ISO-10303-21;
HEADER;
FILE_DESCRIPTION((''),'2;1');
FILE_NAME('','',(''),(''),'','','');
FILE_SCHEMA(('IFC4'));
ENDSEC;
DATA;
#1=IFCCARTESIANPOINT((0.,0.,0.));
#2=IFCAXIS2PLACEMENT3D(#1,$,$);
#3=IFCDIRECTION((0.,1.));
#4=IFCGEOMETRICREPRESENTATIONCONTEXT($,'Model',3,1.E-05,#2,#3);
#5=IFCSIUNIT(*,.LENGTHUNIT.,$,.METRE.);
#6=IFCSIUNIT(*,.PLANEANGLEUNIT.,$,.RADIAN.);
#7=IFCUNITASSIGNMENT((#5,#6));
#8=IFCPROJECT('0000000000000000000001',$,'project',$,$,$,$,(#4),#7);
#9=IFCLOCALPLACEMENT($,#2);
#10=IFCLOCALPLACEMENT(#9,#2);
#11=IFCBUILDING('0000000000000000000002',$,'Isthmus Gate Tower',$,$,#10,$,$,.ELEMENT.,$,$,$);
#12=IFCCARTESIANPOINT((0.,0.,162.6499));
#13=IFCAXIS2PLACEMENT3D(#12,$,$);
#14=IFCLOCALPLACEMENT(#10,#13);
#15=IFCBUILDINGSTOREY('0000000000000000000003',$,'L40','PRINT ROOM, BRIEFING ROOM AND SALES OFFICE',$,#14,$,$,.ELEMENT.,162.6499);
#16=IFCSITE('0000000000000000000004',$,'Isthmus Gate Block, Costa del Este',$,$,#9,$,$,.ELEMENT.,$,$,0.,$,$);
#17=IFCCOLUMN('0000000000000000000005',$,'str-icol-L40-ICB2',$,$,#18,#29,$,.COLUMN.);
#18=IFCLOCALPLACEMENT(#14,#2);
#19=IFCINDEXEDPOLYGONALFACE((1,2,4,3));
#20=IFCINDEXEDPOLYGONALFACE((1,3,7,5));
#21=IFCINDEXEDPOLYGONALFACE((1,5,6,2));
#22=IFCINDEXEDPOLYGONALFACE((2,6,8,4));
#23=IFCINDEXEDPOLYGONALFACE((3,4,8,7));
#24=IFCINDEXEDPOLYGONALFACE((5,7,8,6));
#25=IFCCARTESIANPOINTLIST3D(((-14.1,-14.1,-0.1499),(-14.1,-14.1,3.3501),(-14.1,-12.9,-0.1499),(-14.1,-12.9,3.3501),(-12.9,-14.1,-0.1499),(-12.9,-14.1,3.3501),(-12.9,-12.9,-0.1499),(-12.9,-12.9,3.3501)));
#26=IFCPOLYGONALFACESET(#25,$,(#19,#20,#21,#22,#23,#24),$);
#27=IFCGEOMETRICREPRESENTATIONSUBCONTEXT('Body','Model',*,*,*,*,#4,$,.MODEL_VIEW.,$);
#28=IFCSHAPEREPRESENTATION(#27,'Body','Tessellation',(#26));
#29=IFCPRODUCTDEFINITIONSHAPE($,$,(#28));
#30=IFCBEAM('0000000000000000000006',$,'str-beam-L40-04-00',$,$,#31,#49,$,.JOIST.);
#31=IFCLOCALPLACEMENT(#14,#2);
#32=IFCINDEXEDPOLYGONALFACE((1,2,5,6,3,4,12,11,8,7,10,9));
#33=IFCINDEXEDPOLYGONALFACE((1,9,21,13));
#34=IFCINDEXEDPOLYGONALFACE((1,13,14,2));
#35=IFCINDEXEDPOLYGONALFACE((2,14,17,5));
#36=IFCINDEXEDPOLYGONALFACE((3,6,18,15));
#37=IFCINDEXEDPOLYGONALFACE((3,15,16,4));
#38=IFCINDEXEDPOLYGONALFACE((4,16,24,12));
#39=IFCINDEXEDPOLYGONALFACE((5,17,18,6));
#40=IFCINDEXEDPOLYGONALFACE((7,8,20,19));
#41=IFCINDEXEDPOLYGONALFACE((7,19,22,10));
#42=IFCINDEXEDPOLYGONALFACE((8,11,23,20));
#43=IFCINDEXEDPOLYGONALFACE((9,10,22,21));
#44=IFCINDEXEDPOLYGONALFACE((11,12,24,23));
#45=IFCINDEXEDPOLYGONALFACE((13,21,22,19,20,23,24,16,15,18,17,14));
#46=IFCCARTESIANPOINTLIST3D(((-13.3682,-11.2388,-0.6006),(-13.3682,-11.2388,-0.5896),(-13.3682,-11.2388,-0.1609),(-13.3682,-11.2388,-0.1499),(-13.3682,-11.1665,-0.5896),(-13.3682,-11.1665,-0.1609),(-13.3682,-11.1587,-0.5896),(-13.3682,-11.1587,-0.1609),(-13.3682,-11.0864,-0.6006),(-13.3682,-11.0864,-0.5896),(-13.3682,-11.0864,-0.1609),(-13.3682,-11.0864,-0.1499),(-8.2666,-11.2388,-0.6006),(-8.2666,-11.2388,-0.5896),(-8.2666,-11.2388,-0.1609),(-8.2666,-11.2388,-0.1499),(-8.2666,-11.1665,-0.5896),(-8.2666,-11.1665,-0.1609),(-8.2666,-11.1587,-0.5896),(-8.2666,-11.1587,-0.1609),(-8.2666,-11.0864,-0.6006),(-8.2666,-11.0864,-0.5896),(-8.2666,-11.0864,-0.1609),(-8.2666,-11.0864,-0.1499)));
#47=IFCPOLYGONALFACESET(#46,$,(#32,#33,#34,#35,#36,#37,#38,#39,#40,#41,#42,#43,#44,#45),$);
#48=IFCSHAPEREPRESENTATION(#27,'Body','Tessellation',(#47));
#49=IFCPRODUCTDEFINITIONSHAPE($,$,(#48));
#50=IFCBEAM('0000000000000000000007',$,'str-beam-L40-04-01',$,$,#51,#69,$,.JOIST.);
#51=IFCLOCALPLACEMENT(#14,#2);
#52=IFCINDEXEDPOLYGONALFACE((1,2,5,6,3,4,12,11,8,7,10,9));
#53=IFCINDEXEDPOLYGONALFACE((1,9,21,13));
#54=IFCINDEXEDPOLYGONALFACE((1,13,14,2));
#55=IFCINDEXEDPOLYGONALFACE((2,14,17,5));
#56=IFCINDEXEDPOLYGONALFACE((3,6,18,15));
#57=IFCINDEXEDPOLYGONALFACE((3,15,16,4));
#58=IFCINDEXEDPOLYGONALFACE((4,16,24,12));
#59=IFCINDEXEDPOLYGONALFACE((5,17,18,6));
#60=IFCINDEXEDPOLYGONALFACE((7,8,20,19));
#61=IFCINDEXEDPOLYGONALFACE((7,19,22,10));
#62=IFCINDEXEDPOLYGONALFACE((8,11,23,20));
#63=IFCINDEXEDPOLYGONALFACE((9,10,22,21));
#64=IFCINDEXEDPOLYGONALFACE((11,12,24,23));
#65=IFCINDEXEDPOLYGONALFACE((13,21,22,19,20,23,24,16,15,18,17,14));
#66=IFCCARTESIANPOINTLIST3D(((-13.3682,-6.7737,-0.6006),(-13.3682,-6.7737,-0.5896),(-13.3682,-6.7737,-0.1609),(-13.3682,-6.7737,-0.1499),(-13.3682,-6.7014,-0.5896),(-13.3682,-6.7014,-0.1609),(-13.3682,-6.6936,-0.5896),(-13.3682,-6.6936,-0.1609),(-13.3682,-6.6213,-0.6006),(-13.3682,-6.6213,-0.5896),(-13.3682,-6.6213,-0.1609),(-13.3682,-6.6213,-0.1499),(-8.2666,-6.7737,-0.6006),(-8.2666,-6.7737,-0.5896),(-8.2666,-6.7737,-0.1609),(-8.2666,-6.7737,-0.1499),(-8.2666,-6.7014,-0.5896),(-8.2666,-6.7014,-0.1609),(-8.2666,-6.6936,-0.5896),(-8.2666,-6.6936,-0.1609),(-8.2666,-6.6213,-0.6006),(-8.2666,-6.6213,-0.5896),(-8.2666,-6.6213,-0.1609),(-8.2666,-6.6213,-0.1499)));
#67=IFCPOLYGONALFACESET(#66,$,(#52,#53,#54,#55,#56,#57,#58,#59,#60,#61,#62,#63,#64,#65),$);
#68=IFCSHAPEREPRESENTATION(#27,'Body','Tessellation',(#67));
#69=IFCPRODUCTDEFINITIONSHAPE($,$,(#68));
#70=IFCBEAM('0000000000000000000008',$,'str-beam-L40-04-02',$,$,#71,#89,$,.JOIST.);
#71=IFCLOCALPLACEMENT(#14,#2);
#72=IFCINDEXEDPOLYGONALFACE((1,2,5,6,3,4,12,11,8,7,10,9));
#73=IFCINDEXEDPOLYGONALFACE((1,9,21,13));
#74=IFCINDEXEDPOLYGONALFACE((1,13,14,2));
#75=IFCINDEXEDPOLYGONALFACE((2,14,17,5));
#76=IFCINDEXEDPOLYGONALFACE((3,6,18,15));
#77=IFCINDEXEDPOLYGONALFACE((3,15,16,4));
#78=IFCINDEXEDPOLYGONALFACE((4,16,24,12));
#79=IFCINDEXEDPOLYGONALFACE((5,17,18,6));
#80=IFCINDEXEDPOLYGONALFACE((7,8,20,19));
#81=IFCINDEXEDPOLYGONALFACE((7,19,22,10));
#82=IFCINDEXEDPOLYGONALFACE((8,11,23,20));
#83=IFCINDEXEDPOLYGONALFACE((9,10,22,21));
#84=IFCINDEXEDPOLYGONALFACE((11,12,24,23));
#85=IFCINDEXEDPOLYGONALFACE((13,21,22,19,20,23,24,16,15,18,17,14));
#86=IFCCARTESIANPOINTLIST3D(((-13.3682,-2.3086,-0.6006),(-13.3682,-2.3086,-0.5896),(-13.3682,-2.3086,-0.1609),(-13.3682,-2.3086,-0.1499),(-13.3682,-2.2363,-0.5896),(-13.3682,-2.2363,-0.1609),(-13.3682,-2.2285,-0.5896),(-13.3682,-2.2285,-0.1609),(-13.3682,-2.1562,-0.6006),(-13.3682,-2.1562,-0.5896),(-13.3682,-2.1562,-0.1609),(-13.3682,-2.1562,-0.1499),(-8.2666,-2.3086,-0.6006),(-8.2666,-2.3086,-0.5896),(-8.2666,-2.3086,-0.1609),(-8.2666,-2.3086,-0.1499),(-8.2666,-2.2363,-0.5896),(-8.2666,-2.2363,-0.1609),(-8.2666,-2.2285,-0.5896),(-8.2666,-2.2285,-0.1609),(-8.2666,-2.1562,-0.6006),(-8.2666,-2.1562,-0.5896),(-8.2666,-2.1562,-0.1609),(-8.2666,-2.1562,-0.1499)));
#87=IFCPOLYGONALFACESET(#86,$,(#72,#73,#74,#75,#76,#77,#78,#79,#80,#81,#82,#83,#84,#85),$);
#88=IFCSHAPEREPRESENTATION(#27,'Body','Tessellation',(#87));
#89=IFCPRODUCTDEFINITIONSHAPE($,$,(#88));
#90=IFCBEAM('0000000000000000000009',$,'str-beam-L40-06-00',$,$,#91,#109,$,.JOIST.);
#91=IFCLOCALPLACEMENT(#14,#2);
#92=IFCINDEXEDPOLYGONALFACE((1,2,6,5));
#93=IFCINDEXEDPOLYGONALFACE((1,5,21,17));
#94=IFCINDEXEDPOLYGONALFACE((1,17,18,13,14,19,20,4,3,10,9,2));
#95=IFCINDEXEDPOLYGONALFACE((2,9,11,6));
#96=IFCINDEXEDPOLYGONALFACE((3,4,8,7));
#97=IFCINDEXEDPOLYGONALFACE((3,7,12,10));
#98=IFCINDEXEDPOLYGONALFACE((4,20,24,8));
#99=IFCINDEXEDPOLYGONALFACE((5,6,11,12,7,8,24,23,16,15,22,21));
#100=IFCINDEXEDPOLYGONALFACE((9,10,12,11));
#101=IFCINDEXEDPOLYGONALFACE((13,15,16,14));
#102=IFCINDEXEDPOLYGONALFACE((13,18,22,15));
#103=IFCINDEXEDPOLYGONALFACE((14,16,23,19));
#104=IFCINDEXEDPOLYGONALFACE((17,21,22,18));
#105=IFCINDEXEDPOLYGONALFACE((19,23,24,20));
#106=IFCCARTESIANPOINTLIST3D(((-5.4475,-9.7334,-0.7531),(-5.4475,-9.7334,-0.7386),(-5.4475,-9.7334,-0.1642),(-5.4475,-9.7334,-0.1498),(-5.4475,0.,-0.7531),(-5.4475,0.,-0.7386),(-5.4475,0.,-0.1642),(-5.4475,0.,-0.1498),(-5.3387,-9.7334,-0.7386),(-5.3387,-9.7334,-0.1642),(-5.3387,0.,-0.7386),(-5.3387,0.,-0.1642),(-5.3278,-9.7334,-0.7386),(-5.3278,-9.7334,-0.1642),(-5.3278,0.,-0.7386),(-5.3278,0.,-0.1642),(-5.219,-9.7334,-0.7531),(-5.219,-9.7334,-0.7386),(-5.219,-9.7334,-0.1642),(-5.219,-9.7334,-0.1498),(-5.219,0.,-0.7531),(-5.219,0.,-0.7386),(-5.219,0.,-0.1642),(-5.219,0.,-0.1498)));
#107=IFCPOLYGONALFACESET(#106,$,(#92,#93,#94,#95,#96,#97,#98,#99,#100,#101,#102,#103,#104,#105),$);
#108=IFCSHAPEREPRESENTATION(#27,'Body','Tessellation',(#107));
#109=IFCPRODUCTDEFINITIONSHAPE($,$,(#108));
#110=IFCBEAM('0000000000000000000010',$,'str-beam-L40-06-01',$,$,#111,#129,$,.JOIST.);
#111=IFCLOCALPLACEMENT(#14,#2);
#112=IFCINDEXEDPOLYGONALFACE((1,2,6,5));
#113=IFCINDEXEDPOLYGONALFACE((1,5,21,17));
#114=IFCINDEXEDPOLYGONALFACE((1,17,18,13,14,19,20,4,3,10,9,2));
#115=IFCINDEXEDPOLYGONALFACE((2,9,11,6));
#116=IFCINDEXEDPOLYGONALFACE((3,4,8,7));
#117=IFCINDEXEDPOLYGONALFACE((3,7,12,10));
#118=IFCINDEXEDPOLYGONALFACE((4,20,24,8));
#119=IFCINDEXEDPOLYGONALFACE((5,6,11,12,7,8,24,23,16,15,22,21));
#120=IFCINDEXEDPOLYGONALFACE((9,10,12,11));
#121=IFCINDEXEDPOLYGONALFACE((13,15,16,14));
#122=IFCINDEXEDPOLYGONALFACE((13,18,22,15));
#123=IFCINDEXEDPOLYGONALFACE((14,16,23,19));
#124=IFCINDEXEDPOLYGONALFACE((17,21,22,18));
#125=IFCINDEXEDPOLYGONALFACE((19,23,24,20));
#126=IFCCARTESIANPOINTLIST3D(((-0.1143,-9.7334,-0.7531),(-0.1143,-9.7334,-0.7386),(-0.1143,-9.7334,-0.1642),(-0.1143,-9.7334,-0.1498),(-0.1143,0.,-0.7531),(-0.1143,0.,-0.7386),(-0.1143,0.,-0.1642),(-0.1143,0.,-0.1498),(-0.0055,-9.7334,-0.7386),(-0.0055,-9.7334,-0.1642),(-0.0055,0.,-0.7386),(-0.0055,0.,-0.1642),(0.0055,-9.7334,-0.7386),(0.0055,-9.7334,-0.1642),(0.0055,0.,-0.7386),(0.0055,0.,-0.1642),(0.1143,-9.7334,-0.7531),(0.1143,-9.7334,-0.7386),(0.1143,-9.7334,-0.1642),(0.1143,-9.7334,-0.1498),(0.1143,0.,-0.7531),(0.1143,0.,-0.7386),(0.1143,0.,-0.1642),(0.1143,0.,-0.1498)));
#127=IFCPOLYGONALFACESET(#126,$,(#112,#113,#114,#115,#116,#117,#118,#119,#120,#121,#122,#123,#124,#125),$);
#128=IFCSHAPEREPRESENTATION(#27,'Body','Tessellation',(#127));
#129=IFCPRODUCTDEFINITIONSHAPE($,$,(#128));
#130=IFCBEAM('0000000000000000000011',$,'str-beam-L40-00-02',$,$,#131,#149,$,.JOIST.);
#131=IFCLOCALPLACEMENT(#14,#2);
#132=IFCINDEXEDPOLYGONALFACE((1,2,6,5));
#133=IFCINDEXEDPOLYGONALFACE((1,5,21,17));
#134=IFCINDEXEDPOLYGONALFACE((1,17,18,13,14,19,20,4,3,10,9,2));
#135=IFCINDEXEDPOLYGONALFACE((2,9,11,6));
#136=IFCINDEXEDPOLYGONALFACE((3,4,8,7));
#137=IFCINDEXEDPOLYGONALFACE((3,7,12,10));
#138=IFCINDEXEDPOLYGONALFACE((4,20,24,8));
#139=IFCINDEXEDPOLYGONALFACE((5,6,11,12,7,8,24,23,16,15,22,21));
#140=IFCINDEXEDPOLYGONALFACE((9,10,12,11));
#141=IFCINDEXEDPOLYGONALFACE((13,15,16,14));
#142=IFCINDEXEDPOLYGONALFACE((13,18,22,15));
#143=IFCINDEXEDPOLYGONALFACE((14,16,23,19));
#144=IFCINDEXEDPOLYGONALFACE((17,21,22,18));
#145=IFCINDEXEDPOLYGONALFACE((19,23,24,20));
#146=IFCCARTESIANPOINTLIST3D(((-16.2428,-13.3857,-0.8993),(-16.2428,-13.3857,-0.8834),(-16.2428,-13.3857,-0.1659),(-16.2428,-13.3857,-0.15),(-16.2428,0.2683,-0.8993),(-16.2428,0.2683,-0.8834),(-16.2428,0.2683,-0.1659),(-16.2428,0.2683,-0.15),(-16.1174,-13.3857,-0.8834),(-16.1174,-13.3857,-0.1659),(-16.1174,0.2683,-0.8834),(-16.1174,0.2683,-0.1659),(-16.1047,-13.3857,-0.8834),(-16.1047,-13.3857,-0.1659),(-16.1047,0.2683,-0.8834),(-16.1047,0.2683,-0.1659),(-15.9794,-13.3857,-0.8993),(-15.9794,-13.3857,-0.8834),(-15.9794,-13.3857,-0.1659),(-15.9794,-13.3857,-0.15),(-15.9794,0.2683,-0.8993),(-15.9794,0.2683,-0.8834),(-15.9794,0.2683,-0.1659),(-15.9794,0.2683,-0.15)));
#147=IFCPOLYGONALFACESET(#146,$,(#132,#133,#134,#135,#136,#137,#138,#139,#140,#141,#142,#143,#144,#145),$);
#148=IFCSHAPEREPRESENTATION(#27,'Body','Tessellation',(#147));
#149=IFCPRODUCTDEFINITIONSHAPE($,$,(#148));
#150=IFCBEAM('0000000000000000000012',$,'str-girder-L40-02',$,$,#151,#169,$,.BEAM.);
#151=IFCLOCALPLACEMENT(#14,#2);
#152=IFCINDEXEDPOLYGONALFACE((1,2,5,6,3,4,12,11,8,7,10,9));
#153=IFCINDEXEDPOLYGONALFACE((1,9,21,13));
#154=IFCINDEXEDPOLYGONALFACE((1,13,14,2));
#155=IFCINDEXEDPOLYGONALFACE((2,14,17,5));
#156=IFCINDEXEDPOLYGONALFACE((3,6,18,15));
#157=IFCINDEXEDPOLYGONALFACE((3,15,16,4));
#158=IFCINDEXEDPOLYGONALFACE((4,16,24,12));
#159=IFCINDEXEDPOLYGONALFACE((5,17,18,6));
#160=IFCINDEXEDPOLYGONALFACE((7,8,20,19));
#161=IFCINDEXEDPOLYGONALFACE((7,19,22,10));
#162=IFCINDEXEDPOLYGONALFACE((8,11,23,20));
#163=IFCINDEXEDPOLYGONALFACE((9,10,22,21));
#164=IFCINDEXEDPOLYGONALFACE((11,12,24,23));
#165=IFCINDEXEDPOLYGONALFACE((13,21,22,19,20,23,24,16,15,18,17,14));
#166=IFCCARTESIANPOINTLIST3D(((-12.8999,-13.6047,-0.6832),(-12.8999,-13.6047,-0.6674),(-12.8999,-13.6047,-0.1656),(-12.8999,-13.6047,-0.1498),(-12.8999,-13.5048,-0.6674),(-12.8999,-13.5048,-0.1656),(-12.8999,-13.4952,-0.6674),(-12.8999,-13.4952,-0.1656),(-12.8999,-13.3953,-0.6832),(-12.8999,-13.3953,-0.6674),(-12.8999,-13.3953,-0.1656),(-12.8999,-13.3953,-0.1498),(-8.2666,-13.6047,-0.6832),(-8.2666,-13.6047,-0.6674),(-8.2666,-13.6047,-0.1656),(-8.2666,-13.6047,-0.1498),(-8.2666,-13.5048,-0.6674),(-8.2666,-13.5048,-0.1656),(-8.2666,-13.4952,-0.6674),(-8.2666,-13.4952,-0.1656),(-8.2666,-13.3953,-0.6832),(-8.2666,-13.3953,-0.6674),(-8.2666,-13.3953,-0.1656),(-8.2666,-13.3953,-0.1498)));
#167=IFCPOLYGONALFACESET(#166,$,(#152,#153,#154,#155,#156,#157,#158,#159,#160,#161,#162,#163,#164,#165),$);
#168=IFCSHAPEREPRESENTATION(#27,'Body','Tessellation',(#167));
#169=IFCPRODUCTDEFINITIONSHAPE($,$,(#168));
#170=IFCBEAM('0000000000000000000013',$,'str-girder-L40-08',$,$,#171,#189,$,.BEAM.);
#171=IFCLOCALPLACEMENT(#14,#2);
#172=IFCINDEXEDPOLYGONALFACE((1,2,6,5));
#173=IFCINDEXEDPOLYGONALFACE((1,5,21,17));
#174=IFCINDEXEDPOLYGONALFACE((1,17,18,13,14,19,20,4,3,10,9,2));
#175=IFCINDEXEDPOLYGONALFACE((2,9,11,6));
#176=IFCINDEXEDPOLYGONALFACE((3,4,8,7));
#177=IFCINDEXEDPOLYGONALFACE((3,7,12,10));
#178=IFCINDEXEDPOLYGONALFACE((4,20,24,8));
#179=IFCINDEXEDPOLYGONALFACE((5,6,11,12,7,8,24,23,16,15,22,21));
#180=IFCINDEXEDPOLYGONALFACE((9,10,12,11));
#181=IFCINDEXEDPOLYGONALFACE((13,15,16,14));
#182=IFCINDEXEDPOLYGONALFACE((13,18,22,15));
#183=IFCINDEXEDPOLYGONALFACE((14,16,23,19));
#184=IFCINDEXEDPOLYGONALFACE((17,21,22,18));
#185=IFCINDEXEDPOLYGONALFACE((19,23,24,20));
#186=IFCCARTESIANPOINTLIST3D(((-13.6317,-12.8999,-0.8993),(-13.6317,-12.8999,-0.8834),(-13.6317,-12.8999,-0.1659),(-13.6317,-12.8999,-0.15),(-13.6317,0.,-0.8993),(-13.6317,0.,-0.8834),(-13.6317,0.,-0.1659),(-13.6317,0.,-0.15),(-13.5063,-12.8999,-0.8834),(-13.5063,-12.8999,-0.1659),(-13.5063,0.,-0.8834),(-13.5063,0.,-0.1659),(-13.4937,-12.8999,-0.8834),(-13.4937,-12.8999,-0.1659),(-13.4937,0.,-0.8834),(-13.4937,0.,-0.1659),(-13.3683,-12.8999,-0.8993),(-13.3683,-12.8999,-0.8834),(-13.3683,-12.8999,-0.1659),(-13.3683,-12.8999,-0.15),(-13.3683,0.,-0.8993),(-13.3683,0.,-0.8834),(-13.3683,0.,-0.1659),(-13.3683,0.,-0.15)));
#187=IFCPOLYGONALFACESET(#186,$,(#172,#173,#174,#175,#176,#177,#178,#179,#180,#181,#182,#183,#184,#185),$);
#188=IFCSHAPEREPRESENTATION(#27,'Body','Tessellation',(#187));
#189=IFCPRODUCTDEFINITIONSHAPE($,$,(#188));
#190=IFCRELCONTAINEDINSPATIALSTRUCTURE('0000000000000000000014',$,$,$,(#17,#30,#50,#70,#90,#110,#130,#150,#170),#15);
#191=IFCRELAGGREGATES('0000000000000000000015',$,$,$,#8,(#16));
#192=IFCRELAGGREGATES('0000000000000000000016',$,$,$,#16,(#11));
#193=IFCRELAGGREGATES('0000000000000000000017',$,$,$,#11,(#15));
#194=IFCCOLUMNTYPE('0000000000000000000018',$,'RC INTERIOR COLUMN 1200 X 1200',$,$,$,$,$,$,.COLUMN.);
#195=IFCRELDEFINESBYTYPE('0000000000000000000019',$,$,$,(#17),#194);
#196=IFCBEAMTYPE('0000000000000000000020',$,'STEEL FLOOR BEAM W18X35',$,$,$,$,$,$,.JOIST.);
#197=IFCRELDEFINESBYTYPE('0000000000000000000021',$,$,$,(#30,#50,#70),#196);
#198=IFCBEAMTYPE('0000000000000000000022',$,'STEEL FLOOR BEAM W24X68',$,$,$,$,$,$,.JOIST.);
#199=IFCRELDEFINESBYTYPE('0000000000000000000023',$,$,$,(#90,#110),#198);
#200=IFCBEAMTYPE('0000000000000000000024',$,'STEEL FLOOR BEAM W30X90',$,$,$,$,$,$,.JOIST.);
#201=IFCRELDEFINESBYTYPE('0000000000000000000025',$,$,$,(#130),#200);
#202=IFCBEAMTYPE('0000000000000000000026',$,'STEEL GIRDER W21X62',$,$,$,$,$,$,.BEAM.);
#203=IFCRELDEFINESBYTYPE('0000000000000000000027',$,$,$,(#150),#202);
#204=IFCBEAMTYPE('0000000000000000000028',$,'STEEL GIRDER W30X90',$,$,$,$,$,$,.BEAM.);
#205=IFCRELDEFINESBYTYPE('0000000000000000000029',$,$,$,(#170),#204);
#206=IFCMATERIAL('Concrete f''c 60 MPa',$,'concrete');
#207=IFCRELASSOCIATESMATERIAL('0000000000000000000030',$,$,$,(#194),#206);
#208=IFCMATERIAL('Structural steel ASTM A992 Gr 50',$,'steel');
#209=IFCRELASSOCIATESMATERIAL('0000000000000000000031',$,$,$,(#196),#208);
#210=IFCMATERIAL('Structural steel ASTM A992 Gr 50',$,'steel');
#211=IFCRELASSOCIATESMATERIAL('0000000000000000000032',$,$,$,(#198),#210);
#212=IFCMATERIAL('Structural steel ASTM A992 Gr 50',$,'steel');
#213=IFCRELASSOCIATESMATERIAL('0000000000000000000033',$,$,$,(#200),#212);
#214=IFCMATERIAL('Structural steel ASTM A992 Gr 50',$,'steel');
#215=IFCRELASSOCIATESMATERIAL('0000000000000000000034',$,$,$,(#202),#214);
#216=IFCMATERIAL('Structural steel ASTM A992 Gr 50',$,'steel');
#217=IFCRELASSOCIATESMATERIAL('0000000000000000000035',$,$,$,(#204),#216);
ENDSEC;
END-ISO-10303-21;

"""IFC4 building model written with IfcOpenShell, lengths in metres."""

from ifc_helpers import new_model, si_unit, direction, frame, origin, origin_2d, place, context, subcontext, project, spatial, rectangle, i_section, extrude, material, material_profile, profile_set, type_object, element, save


model = new_model("IFC4")

# Units and contexts
model_context = context("Model", 3, precision=1e-05, world=origin(), true_north=direction((0.0, 1.0)))
body_context = subcontext(model_context, "Body", "Model", "MODEL_VIEW")
ifc_project = project(units=[si_unit("LENGTHUNIT", "METRE"), si_unit("PLANEANGLEUNIT", "RADIAN")], contexts=[model_context])

# Site, building, storey
site_placement = place(None, origin())
site = spatial("IfcSite", under=ifc_project, at=site_placement, Name="Isthmus Gate Block, Costa del Este", CompositionType="ELEMENT", RefElevation=0.0)
building_placement = place(site_placement, origin())
building = spatial("IfcBuilding", under=site, at=building_placement, Name="Isthmus Gate Tower", CompositionType="ELEMENT")
storey_placement = place(building_placement, frame((0.0, 0.0, 162.6499)))
storey = spatial("IfcBuildingStorey", under=building, at=storey_placement, Name="L40", Description="PRINT ROOM, BRIEFING ROOM AND SALES OFFICE", CompositionType="ELEMENT", Elevation=162.6499)

# Column
ifc_material_1 = material(Name="Concrete f'c 60 MPa", Category="concrete")
ifc_material_profile_1 = material_profile(ifc_material_1, rectangle(XDim=1.2, YDim=1.2, at=origin_2d()), Name="RC 1200X1200")
ifc_profile_set_1 = profile_set([ifc_material_profile_1], Name="Concrete f'c 60 MPa")
column_type = type_object("IfcColumnType", Name="RC INTERIOR COLUMN 1200 X 1200", PredefinedType="COLUMN", material=ifc_profile_set_1)
column_placement = place(storey_placement, frame((-13.5, -13.5, -0.1499), z_axis=(0.0, 0.0, 1.0), x_axis=(1.0, 0.0, 0.0)))
element("IfcColumn", 1, at=column_placement, inside=storey, type_object=column_type, Name="str-icol-L40-ICB2", PredefinedType="COLUMN", context=body_context, shape_type="SweptSolid", body=[
    extrude(rectangle(XDim=1.2, YDim=1.2, at=origin_2d()), origin(), (0.0, 0.0, 1.0), 3.5),
])

# Beams
ifc_material_2 = material(Name="Structural steel ASTM A992 Gr 50", Category="steel")
ifc_material_profile_2 = material_profile(ifc_material_2, i_section(OverallWidth=0.1523, OverallDepth=0.4507, WebThickness=0.0078, FlangeThickness=0.011, at=origin_2d()), Name="W18X35")
ifc_profile_set_2 = profile_set([ifc_material_profile_2], Name="Structural steel ASTM A992 Gr 50")
beam_type_1 = type_object("IfcBeamType", Name="STEEL FLOOR BEAM W18X35", PredefinedType="JOIST", material=ifc_profile_set_2)
for number, where, z_axis, x_axis, name in (
    (2, (-13.3682, -11.1626, -0.3752), (1.0, 0.0, 0.0), (0.0, 1.0, 0.0), "str-beam-L40-04-00"),
    (3, (-13.3682, -6.6975, -0.3752), (1.0, 0.0, 0.0), (0.0, 1.0, 0.0), "str-beam-L40-04-01"),
    (4, (-13.3682, -2.2324, -0.3752), (1.0, 0.0, 0.0), (0.0, 1.0, 0.0), "str-beam-L40-04-02"),
):
    element("IfcBeam", number, at=place(storey_placement, frame(where, z_axis=z_axis, x_axis=x_axis)), inside=storey, type_object=beam_type_1, Name=name, PredefinedType="JOIST", context=body_context, shape_type="SweptSolid", body=[
        extrude(i_section(OverallWidth=0.1523, OverallDepth=0.4507, WebThickness=0.0078, FlangeThickness=0.011, at=origin_2d()), origin(), (0.0, 0.0, 1.0), 5.1016),
    ])
ifc_material_3 = material(Name="Structural steel ASTM A992 Gr 50", Category="steel")
ifc_material_profile_3 = material_profile(ifc_material_3, i_section(OverallWidth=0.2285, OverallDepth=0.6033, WebThickness=0.011, FlangeThickness=0.0144, at=origin_2d()), Name="W24X68")
ifc_profile_set_3 = profile_set([ifc_material_profile_3], Name="Structural steel ASTM A992 Gr 50")
beam_type_2 = type_object("IfcBeamType", Name="STEEL FLOOR BEAM W24X68", PredefinedType="JOIST", material=ifc_profile_set_3)
for number, where, z_axis, x_axis, name in (
    (5, (-5.3333, -9.7334, -0.4514), (0.0, 1.0, 0.0), (-1.0, 0.0, 0.0), "str-beam-L40-06-00"),
    (6, (0.0, -9.7334, -0.4514), (0.0, 1.0, 0.0), (-1.0, 0.0, 0.0), "str-beam-L40-06-01"),
):
    element("IfcBeam", number, at=place(storey_placement, frame(where, z_axis=z_axis, x_axis=x_axis)), inside=storey, type_object=beam_type_2, Name=name, PredefinedType="JOIST", context=body_context, shape_type="SweptSolid", body=[
        extrude(i_section(OverallWidth=0.2285, OverallDepth=0.6033, WebThickness=0.011, FlangeThickness=0.0144, at=origin_2d()), origin(), (0.0, 0.0, 1.0), 9.7334),
    ])
ifc_material_4 = material(Name="Structural steel ASTM A992 Gr 50", Category="steel")
ifc_material_profile_4 = material_profile(ifc_material_4, i_section(OverallWidth=0.2634, OverallDepth=0.7493, WebThickness=0.0127, FlangeThickness=0.0159, at=origin_2d()), Name="W30X90")
ifc_profile_set_4 = profile_set([ifc_material_profile_4], Name="Structural steel ASTM A992 Gr 50")
beam_type_3 = type_object("IfcBeamType", Name="STEEL FLOOR BEAM W30X90", PredefinedType="JOIST", material=ifc_profile_set_4)
beam_1_placement = place(storey_placement, frame((-16.1111, -13.3857, -0.5247), z_axis=(0.0, 1.0, 0.0), x_axis=(-1.0, 0.0, 0.0)))
element("IfcBeam", 7, at=beam_1_placement, inside=storey, type_object=beam_type_3, Name="str-beam-L40-00-02", PredefinedType="JOIST", context=body_context, shape_type="SweptSolid", body=[
    extrude(i_section(OverallWidth=0.2634, OverallDepth=0.7493, WebThickness=0.0127, FlangeThickness=0.0159, at=origin_2d()), origin(), (0.0, 0.0, 1.0), 13.6541),
])
ifc_material_5 = material(Name="Structural steel ASTM A992 Gr 50", Category="steel")
ifc_material_profile_5 = material_profile(ifc_material_5, i_section(OverallWidth=0.2095, OverallDepth=0.5334, WebThickness=0.0095, FlangeThickness=0.0159, at=origin_2d()), Name="W21X62")
ifc_profile_set_5 = profile_set([ifc_material_profile_5], Name="Structural steel ASTM A992 Gr 50")
beam_type_4 = type_object("IfcBeamType", Name="STEEL GIRDER W21X62", PredefinedType="BEAM", material=ifc_profile_set_5)
beam_2_placement = place(storey_placement, frame((-12.8999, -13.5, -0.4165), z_axis=(1.0, 0.0, 0.0), x_axis=(0.0, 1.0, 0.0)))
element("IfcBeam", 8, at=beam_2_placement, inside=storey, type_object=beam_type_4, Name="str-girder-L40-02", PredefinedType="BEAM", context=body_context, shape_type="SweptSolid", body=[
    extrude(i_section(OverallWidth=0.2095, OverallDepth=0.5334, WebThickness=0.0095, FlangeThickness=0.0159, at=origin_2d()), origin(), (0.0, 0.0, 1.0), 4.6333),
])
ifc_material_6 = material(Name="Structural steel ASTM A992 Gr 50", Category="steel")
ifc_material_profile_6 = material_profile(ifc_material_6, i_section(OverallWidth=0.2634, OverallDepth=0.7493, WebThickness=0.0127, FlangeThickness=0.0159, at=origin_2d()), Name="W30X90")
ifc_profile_set_6 = profile_set([ifc_material_profile_6], Name="Structural steel ASTM A992 Gr 50")
beam_type_5 = type_object("IfcBeamType", Name="STEEL GIRDER W30X90", PredefinedType="BEAM", material=ifc_profile_set_6)
beam_3_placement = place(storey_placement, frame((-13.5, -12.8999, -0.5247), z_axis=(0.0, 1.0, 0.0), x_axis=(-1.0, 0.0, 0.0)))
element("IfcBeam", 9, at=beam_3_placement, inside=storey, type_object=beam_type_5, Name="str-girder-L40-08", PredefinedType="BEAM", context=body_context, shape_type="SweptSolid", body=[
    extrude(i_section(OverallWidth=0.2634, OverallDepth=0.7493, WebThickness=0.0127, FlangeThickness=0.0159, at=origin_2d()), origin(), (0.0, 0.0, 1.0), 12.8999),
])

save(model, "model.ifc")
